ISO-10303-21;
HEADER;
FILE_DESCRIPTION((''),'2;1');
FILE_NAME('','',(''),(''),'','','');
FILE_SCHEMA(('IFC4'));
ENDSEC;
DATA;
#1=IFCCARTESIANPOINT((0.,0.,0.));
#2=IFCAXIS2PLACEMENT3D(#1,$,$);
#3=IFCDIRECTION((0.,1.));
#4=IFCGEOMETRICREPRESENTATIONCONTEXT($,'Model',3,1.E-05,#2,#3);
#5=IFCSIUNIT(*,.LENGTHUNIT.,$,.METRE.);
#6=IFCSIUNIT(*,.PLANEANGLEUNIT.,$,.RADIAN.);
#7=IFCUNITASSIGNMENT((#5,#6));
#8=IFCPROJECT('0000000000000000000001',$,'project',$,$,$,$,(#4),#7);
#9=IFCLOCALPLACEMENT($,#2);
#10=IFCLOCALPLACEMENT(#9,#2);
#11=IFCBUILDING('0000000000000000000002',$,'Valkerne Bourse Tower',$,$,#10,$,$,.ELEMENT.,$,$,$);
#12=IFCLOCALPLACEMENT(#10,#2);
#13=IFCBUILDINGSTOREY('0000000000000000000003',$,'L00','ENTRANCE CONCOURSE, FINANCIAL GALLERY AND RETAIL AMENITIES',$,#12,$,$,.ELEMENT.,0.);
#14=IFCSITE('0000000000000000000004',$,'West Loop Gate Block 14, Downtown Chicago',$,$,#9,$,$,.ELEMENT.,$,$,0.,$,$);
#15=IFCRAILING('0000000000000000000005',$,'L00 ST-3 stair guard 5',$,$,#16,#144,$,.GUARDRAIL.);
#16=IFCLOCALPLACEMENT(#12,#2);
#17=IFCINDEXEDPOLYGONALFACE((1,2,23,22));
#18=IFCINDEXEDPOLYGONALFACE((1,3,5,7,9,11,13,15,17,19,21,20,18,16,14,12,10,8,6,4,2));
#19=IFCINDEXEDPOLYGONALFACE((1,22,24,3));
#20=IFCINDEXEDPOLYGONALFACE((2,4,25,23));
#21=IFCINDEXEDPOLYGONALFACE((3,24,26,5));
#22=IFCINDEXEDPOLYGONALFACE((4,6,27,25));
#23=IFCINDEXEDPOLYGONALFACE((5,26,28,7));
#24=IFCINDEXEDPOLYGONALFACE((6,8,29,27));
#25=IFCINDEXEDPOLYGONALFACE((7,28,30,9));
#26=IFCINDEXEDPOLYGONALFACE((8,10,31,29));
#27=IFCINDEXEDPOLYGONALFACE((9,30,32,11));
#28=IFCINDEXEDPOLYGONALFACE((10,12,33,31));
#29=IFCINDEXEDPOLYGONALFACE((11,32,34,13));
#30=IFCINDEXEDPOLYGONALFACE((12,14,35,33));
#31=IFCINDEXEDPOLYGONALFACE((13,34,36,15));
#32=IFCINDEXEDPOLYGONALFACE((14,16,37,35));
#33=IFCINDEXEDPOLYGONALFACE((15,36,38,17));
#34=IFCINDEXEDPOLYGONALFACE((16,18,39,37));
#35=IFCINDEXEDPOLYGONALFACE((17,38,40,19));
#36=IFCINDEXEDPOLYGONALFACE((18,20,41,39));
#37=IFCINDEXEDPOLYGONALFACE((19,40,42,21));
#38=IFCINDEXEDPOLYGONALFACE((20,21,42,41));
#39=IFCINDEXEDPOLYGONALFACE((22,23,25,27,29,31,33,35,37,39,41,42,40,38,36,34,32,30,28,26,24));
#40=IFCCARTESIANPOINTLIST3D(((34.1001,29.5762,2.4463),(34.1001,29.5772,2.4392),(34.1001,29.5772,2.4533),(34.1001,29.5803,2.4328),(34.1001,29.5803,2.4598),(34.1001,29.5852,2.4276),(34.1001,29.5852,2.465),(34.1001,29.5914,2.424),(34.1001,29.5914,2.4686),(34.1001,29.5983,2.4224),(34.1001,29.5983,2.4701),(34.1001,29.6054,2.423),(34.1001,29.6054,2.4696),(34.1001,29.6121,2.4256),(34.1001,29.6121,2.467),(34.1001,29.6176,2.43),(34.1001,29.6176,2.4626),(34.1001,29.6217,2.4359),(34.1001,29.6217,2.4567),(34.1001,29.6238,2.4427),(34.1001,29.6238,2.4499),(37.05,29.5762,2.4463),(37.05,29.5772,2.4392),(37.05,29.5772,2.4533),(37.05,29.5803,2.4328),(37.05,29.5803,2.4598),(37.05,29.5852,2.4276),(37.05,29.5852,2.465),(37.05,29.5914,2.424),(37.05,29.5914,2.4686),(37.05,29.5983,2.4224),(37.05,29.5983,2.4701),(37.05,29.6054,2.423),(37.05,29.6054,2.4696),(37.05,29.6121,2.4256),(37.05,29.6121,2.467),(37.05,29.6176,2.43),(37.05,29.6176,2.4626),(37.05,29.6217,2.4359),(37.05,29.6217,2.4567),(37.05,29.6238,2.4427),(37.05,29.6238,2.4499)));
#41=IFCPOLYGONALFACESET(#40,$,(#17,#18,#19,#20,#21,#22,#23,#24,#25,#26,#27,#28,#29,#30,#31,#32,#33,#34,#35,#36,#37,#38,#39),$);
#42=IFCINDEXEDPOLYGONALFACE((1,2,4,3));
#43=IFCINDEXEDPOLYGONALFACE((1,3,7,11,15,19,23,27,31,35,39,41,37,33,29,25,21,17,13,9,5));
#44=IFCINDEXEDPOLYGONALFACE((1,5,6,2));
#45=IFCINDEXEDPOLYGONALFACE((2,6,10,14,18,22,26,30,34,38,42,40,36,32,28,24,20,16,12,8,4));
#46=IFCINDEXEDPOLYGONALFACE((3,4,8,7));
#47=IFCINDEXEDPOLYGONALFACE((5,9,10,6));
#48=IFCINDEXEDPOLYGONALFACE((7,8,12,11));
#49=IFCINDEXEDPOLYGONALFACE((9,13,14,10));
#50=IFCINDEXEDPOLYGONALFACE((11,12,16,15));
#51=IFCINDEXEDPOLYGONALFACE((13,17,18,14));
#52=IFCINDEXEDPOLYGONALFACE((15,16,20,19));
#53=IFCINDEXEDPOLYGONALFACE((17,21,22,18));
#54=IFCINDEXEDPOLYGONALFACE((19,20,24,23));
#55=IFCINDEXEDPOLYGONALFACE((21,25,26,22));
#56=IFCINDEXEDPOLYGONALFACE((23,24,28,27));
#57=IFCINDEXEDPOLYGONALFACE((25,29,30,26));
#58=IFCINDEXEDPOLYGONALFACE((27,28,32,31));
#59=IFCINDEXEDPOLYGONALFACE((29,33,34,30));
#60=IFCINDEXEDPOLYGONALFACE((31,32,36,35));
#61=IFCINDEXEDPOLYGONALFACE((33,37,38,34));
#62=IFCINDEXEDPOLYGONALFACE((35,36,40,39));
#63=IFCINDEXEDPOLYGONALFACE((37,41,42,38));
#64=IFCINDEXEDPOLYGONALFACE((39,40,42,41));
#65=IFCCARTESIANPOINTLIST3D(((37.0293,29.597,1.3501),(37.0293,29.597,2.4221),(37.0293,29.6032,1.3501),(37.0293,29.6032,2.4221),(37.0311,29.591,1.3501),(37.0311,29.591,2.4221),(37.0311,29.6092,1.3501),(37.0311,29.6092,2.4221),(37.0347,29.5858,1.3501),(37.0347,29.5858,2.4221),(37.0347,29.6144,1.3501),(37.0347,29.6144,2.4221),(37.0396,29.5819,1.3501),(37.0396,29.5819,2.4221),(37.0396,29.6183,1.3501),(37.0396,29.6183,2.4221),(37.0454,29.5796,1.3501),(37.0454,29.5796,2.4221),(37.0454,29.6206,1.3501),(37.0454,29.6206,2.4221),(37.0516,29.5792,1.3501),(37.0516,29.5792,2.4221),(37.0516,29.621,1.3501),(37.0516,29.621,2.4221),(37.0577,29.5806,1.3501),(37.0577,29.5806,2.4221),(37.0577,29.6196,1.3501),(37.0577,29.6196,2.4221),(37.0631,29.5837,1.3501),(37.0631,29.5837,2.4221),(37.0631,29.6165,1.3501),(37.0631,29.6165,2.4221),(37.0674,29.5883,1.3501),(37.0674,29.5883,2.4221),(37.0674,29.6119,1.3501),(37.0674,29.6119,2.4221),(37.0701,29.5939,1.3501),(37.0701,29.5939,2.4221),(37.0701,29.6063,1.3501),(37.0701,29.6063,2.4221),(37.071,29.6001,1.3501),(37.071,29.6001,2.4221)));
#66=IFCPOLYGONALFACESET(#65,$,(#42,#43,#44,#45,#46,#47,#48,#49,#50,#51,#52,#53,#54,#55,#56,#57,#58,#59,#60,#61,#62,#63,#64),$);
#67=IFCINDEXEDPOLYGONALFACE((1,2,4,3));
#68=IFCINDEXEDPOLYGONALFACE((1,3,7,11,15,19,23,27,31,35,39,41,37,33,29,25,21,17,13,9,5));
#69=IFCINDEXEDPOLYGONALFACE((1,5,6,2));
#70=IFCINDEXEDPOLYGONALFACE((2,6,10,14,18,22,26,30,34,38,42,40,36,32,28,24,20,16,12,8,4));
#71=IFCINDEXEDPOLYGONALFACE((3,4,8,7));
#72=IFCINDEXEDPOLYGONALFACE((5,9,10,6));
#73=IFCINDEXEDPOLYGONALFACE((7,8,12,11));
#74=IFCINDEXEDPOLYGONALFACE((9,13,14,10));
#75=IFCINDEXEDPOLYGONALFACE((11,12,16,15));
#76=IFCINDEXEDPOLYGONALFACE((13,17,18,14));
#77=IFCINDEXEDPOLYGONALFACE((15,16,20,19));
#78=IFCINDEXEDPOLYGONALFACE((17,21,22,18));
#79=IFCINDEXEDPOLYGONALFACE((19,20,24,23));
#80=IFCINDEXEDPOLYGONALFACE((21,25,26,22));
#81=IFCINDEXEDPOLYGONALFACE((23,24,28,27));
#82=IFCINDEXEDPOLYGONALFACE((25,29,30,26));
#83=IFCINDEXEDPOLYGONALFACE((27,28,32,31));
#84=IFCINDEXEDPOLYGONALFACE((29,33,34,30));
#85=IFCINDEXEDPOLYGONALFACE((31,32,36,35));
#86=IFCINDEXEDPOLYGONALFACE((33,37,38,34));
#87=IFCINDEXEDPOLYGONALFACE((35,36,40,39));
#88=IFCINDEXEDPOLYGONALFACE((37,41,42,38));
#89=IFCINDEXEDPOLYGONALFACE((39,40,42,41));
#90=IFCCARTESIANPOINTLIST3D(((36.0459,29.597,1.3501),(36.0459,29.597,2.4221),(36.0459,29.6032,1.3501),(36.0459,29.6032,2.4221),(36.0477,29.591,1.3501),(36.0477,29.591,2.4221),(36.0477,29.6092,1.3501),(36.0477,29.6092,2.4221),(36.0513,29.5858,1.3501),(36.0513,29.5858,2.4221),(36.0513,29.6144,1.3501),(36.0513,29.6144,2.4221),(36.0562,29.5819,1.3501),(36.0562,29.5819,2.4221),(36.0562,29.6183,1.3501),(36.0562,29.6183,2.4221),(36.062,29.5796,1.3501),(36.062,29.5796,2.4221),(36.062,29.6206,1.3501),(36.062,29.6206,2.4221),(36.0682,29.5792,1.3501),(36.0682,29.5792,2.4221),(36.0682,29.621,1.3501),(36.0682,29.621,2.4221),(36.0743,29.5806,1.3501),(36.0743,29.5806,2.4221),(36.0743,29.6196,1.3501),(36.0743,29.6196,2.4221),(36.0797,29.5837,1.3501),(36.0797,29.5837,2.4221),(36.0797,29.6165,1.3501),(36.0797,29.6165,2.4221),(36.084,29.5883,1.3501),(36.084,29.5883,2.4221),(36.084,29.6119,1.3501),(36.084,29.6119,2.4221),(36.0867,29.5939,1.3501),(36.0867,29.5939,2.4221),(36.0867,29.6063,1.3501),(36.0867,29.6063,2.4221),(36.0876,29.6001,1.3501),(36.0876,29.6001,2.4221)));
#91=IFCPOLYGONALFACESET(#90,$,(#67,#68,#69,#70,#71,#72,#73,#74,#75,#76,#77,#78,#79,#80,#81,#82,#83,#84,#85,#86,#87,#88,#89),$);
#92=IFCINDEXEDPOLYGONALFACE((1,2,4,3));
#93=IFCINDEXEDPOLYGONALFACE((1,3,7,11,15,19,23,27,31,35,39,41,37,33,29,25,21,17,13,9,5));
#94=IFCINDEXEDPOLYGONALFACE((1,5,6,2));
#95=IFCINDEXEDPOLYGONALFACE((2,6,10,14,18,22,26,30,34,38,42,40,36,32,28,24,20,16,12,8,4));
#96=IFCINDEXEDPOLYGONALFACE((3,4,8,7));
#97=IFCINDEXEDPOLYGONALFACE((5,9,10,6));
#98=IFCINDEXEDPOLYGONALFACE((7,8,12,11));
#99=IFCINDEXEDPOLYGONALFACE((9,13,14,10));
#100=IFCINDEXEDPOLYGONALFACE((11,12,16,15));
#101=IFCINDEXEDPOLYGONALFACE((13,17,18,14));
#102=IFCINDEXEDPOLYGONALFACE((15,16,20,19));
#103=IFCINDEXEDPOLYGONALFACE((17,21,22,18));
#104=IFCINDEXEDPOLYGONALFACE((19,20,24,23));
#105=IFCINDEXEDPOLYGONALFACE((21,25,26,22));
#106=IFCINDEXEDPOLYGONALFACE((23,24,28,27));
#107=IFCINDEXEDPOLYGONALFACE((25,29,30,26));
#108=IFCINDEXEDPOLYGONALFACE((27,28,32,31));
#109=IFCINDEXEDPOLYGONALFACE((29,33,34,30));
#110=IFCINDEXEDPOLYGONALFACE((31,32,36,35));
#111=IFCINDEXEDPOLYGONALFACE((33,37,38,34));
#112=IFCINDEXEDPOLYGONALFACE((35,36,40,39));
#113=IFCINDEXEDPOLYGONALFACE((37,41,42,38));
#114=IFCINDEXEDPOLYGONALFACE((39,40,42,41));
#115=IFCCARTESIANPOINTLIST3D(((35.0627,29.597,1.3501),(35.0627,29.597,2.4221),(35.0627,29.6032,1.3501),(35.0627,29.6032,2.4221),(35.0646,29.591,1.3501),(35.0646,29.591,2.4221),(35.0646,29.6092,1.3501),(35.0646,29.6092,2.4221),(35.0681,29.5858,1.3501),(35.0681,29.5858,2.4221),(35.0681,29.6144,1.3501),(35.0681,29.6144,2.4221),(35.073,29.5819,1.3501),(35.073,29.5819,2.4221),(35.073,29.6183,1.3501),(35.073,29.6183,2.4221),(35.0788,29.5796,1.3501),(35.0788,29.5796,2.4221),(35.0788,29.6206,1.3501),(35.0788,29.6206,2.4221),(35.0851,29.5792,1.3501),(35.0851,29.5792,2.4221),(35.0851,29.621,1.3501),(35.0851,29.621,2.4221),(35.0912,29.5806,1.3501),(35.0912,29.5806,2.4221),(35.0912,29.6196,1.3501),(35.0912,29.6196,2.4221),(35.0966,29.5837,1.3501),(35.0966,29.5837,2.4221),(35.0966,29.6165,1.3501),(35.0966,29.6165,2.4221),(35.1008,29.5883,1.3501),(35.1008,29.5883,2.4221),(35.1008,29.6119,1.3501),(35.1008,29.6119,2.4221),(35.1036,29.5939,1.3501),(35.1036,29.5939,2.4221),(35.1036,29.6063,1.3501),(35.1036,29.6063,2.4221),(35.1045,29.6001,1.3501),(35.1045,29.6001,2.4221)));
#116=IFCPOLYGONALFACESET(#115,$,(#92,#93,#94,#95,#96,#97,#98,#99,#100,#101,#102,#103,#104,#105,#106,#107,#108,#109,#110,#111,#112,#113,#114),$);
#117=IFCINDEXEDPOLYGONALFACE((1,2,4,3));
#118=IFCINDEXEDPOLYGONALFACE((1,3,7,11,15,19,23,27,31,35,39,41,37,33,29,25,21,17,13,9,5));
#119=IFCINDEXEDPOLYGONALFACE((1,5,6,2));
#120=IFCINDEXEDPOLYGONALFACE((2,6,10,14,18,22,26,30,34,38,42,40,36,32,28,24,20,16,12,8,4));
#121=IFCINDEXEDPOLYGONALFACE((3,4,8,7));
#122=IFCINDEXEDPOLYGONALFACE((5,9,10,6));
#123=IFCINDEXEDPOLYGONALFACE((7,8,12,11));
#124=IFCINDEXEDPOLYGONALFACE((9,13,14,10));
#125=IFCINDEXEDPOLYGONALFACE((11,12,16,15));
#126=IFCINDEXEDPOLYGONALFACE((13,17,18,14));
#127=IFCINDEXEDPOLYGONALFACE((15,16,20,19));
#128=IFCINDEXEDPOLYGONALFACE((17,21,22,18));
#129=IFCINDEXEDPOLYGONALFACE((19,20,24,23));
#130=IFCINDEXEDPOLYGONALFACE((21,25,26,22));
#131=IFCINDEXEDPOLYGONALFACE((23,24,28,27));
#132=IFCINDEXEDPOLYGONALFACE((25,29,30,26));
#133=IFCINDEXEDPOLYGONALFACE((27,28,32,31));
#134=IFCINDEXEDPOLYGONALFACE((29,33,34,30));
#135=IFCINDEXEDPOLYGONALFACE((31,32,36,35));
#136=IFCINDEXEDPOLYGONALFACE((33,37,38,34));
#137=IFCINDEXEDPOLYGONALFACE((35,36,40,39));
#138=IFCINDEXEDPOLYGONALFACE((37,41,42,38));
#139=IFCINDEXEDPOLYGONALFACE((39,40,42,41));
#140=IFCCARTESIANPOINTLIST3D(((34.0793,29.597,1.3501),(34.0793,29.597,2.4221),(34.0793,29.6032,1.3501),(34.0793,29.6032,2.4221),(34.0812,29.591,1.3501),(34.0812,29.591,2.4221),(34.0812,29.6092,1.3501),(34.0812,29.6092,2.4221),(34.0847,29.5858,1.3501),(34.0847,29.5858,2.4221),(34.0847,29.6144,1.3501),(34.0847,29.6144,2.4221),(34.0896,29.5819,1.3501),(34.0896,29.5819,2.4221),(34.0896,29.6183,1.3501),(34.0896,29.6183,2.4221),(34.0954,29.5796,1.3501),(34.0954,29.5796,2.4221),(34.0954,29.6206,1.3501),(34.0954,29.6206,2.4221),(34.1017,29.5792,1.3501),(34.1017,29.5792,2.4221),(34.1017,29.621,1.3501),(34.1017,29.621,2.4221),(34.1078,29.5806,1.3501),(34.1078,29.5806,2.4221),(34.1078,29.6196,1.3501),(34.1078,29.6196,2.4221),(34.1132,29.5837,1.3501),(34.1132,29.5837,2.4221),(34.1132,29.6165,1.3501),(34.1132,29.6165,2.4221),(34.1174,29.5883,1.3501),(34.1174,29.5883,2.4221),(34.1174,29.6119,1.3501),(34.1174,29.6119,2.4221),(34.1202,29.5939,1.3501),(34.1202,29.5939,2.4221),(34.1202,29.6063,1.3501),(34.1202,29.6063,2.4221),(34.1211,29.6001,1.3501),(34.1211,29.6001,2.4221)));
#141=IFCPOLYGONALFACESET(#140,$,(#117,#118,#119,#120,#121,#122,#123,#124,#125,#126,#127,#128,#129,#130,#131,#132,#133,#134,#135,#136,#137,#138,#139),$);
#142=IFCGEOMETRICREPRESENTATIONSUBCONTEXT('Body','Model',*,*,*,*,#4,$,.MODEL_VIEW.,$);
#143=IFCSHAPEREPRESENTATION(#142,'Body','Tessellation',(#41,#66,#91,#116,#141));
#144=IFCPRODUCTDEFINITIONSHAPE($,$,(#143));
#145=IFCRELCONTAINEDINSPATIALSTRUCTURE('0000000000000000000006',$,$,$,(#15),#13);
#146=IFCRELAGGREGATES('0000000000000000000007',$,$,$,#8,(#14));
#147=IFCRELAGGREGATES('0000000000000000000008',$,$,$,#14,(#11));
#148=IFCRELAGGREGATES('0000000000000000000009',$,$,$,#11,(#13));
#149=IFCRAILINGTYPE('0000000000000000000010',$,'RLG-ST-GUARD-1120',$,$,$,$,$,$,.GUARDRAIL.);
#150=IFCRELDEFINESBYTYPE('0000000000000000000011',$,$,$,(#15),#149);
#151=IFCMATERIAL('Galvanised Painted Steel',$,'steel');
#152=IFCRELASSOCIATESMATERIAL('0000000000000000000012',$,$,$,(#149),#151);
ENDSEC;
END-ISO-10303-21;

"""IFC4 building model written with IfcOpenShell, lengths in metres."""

from ifc_helpers import new_model, si_unit, direction, frame, origin, origin_2d, place, context, subcontext, project, spatial, circle, extrude, material, type_object, element, save


model = new_model("IFC4")

# Units and contexts
model_context = context("Model", 3, precision=1e-05, world=origin(), true_north=direction((0.0, 1.0)))
body_context = subcontext(model_context, "Body", "Model", "MODEL_VIEW")
ifc_project = project(units=[si_unit("LENGTHUNIT", "METRE"), si_unit("PLANEANGLEUNIT", "RADIAN")], contexts=[model_context])

# Site, building, storey
site_placement = place(None, origin())
site = spatial("IfcSite", under=ifc_project, at=site_placement, Name="West Loop Gate Block 14, Downtown Chicago", CompositionType="ELEMENT", RefElevation=0.0)
building_placement = place(site_placement, origin())
building = spatial("IfcBuilding", under=site, at=building_placement, Name="Valkerne Bourse Tower", CompositionType="ELEMENT")
storey_placement = place(building_placement, origin())
storey = spatial("IfcBuildingStorey", under=building, at=storey_placement, Name="L00", Description="ENTRANCE CONCOURSE, FINANCIAL GALLERY AND RETAIL AMENITIES", CompositionType="ELEMENT", Elevation=0.0)

# Shared definitions
ifc_material_1 = material(Name="Galvanised Painted Steel", Category="steel")

# Railing
railing_type_1 = type_object("IfcRailingType", Name="RLG-ST-GUARD-1120", PredefinedType="GUARDRAIL", material=ifc_material_1)
railing_1_placement = place(storey_placement, frame((37.05, 29.6001, 1.3501)))
element("IfcRailing", 1, at=railing_1_placement, inside=storey, type_object=railing_type_1, Name="L00 ST-3 stair guard 5", PredefinedType="GUARDRAIL", context=body_context, shape_type="SweptSolid", body=[
    extrude(circle(Radius=0.0239, at=origin_2d()), frame((0.0, 0.0, 1.0962), z_axis=(-1.0, 0.0, 0.0), x_axis=(0.0, -1.0, 0.0)), (0.0, 0.0, 1.0), 2.95),
    extrude(circle(Radius=0.021, at=origin_2d()), origin(), (0.0, 0.0, 1.0), 1.072),
    extrude(circle(Radius=0.021, at=origin_2d()), frame((-0.9834, 0.0, 0.0)), (0.0, 0.0, 1.0), 1.072),
    extrude(circle(Radius=0.021, at=origin_2d()), frame((-1.9666, 0.0, 0.0)), (0.0, 0.0, 1.0), 1.072),
    extrude(circle(Radius=0.021, at=origin_2d()), frame((-2.95, 0.0, 0.0)), (0.0, 0.0, 1.0), 1.072),
])

save(model, "model.ifc")
